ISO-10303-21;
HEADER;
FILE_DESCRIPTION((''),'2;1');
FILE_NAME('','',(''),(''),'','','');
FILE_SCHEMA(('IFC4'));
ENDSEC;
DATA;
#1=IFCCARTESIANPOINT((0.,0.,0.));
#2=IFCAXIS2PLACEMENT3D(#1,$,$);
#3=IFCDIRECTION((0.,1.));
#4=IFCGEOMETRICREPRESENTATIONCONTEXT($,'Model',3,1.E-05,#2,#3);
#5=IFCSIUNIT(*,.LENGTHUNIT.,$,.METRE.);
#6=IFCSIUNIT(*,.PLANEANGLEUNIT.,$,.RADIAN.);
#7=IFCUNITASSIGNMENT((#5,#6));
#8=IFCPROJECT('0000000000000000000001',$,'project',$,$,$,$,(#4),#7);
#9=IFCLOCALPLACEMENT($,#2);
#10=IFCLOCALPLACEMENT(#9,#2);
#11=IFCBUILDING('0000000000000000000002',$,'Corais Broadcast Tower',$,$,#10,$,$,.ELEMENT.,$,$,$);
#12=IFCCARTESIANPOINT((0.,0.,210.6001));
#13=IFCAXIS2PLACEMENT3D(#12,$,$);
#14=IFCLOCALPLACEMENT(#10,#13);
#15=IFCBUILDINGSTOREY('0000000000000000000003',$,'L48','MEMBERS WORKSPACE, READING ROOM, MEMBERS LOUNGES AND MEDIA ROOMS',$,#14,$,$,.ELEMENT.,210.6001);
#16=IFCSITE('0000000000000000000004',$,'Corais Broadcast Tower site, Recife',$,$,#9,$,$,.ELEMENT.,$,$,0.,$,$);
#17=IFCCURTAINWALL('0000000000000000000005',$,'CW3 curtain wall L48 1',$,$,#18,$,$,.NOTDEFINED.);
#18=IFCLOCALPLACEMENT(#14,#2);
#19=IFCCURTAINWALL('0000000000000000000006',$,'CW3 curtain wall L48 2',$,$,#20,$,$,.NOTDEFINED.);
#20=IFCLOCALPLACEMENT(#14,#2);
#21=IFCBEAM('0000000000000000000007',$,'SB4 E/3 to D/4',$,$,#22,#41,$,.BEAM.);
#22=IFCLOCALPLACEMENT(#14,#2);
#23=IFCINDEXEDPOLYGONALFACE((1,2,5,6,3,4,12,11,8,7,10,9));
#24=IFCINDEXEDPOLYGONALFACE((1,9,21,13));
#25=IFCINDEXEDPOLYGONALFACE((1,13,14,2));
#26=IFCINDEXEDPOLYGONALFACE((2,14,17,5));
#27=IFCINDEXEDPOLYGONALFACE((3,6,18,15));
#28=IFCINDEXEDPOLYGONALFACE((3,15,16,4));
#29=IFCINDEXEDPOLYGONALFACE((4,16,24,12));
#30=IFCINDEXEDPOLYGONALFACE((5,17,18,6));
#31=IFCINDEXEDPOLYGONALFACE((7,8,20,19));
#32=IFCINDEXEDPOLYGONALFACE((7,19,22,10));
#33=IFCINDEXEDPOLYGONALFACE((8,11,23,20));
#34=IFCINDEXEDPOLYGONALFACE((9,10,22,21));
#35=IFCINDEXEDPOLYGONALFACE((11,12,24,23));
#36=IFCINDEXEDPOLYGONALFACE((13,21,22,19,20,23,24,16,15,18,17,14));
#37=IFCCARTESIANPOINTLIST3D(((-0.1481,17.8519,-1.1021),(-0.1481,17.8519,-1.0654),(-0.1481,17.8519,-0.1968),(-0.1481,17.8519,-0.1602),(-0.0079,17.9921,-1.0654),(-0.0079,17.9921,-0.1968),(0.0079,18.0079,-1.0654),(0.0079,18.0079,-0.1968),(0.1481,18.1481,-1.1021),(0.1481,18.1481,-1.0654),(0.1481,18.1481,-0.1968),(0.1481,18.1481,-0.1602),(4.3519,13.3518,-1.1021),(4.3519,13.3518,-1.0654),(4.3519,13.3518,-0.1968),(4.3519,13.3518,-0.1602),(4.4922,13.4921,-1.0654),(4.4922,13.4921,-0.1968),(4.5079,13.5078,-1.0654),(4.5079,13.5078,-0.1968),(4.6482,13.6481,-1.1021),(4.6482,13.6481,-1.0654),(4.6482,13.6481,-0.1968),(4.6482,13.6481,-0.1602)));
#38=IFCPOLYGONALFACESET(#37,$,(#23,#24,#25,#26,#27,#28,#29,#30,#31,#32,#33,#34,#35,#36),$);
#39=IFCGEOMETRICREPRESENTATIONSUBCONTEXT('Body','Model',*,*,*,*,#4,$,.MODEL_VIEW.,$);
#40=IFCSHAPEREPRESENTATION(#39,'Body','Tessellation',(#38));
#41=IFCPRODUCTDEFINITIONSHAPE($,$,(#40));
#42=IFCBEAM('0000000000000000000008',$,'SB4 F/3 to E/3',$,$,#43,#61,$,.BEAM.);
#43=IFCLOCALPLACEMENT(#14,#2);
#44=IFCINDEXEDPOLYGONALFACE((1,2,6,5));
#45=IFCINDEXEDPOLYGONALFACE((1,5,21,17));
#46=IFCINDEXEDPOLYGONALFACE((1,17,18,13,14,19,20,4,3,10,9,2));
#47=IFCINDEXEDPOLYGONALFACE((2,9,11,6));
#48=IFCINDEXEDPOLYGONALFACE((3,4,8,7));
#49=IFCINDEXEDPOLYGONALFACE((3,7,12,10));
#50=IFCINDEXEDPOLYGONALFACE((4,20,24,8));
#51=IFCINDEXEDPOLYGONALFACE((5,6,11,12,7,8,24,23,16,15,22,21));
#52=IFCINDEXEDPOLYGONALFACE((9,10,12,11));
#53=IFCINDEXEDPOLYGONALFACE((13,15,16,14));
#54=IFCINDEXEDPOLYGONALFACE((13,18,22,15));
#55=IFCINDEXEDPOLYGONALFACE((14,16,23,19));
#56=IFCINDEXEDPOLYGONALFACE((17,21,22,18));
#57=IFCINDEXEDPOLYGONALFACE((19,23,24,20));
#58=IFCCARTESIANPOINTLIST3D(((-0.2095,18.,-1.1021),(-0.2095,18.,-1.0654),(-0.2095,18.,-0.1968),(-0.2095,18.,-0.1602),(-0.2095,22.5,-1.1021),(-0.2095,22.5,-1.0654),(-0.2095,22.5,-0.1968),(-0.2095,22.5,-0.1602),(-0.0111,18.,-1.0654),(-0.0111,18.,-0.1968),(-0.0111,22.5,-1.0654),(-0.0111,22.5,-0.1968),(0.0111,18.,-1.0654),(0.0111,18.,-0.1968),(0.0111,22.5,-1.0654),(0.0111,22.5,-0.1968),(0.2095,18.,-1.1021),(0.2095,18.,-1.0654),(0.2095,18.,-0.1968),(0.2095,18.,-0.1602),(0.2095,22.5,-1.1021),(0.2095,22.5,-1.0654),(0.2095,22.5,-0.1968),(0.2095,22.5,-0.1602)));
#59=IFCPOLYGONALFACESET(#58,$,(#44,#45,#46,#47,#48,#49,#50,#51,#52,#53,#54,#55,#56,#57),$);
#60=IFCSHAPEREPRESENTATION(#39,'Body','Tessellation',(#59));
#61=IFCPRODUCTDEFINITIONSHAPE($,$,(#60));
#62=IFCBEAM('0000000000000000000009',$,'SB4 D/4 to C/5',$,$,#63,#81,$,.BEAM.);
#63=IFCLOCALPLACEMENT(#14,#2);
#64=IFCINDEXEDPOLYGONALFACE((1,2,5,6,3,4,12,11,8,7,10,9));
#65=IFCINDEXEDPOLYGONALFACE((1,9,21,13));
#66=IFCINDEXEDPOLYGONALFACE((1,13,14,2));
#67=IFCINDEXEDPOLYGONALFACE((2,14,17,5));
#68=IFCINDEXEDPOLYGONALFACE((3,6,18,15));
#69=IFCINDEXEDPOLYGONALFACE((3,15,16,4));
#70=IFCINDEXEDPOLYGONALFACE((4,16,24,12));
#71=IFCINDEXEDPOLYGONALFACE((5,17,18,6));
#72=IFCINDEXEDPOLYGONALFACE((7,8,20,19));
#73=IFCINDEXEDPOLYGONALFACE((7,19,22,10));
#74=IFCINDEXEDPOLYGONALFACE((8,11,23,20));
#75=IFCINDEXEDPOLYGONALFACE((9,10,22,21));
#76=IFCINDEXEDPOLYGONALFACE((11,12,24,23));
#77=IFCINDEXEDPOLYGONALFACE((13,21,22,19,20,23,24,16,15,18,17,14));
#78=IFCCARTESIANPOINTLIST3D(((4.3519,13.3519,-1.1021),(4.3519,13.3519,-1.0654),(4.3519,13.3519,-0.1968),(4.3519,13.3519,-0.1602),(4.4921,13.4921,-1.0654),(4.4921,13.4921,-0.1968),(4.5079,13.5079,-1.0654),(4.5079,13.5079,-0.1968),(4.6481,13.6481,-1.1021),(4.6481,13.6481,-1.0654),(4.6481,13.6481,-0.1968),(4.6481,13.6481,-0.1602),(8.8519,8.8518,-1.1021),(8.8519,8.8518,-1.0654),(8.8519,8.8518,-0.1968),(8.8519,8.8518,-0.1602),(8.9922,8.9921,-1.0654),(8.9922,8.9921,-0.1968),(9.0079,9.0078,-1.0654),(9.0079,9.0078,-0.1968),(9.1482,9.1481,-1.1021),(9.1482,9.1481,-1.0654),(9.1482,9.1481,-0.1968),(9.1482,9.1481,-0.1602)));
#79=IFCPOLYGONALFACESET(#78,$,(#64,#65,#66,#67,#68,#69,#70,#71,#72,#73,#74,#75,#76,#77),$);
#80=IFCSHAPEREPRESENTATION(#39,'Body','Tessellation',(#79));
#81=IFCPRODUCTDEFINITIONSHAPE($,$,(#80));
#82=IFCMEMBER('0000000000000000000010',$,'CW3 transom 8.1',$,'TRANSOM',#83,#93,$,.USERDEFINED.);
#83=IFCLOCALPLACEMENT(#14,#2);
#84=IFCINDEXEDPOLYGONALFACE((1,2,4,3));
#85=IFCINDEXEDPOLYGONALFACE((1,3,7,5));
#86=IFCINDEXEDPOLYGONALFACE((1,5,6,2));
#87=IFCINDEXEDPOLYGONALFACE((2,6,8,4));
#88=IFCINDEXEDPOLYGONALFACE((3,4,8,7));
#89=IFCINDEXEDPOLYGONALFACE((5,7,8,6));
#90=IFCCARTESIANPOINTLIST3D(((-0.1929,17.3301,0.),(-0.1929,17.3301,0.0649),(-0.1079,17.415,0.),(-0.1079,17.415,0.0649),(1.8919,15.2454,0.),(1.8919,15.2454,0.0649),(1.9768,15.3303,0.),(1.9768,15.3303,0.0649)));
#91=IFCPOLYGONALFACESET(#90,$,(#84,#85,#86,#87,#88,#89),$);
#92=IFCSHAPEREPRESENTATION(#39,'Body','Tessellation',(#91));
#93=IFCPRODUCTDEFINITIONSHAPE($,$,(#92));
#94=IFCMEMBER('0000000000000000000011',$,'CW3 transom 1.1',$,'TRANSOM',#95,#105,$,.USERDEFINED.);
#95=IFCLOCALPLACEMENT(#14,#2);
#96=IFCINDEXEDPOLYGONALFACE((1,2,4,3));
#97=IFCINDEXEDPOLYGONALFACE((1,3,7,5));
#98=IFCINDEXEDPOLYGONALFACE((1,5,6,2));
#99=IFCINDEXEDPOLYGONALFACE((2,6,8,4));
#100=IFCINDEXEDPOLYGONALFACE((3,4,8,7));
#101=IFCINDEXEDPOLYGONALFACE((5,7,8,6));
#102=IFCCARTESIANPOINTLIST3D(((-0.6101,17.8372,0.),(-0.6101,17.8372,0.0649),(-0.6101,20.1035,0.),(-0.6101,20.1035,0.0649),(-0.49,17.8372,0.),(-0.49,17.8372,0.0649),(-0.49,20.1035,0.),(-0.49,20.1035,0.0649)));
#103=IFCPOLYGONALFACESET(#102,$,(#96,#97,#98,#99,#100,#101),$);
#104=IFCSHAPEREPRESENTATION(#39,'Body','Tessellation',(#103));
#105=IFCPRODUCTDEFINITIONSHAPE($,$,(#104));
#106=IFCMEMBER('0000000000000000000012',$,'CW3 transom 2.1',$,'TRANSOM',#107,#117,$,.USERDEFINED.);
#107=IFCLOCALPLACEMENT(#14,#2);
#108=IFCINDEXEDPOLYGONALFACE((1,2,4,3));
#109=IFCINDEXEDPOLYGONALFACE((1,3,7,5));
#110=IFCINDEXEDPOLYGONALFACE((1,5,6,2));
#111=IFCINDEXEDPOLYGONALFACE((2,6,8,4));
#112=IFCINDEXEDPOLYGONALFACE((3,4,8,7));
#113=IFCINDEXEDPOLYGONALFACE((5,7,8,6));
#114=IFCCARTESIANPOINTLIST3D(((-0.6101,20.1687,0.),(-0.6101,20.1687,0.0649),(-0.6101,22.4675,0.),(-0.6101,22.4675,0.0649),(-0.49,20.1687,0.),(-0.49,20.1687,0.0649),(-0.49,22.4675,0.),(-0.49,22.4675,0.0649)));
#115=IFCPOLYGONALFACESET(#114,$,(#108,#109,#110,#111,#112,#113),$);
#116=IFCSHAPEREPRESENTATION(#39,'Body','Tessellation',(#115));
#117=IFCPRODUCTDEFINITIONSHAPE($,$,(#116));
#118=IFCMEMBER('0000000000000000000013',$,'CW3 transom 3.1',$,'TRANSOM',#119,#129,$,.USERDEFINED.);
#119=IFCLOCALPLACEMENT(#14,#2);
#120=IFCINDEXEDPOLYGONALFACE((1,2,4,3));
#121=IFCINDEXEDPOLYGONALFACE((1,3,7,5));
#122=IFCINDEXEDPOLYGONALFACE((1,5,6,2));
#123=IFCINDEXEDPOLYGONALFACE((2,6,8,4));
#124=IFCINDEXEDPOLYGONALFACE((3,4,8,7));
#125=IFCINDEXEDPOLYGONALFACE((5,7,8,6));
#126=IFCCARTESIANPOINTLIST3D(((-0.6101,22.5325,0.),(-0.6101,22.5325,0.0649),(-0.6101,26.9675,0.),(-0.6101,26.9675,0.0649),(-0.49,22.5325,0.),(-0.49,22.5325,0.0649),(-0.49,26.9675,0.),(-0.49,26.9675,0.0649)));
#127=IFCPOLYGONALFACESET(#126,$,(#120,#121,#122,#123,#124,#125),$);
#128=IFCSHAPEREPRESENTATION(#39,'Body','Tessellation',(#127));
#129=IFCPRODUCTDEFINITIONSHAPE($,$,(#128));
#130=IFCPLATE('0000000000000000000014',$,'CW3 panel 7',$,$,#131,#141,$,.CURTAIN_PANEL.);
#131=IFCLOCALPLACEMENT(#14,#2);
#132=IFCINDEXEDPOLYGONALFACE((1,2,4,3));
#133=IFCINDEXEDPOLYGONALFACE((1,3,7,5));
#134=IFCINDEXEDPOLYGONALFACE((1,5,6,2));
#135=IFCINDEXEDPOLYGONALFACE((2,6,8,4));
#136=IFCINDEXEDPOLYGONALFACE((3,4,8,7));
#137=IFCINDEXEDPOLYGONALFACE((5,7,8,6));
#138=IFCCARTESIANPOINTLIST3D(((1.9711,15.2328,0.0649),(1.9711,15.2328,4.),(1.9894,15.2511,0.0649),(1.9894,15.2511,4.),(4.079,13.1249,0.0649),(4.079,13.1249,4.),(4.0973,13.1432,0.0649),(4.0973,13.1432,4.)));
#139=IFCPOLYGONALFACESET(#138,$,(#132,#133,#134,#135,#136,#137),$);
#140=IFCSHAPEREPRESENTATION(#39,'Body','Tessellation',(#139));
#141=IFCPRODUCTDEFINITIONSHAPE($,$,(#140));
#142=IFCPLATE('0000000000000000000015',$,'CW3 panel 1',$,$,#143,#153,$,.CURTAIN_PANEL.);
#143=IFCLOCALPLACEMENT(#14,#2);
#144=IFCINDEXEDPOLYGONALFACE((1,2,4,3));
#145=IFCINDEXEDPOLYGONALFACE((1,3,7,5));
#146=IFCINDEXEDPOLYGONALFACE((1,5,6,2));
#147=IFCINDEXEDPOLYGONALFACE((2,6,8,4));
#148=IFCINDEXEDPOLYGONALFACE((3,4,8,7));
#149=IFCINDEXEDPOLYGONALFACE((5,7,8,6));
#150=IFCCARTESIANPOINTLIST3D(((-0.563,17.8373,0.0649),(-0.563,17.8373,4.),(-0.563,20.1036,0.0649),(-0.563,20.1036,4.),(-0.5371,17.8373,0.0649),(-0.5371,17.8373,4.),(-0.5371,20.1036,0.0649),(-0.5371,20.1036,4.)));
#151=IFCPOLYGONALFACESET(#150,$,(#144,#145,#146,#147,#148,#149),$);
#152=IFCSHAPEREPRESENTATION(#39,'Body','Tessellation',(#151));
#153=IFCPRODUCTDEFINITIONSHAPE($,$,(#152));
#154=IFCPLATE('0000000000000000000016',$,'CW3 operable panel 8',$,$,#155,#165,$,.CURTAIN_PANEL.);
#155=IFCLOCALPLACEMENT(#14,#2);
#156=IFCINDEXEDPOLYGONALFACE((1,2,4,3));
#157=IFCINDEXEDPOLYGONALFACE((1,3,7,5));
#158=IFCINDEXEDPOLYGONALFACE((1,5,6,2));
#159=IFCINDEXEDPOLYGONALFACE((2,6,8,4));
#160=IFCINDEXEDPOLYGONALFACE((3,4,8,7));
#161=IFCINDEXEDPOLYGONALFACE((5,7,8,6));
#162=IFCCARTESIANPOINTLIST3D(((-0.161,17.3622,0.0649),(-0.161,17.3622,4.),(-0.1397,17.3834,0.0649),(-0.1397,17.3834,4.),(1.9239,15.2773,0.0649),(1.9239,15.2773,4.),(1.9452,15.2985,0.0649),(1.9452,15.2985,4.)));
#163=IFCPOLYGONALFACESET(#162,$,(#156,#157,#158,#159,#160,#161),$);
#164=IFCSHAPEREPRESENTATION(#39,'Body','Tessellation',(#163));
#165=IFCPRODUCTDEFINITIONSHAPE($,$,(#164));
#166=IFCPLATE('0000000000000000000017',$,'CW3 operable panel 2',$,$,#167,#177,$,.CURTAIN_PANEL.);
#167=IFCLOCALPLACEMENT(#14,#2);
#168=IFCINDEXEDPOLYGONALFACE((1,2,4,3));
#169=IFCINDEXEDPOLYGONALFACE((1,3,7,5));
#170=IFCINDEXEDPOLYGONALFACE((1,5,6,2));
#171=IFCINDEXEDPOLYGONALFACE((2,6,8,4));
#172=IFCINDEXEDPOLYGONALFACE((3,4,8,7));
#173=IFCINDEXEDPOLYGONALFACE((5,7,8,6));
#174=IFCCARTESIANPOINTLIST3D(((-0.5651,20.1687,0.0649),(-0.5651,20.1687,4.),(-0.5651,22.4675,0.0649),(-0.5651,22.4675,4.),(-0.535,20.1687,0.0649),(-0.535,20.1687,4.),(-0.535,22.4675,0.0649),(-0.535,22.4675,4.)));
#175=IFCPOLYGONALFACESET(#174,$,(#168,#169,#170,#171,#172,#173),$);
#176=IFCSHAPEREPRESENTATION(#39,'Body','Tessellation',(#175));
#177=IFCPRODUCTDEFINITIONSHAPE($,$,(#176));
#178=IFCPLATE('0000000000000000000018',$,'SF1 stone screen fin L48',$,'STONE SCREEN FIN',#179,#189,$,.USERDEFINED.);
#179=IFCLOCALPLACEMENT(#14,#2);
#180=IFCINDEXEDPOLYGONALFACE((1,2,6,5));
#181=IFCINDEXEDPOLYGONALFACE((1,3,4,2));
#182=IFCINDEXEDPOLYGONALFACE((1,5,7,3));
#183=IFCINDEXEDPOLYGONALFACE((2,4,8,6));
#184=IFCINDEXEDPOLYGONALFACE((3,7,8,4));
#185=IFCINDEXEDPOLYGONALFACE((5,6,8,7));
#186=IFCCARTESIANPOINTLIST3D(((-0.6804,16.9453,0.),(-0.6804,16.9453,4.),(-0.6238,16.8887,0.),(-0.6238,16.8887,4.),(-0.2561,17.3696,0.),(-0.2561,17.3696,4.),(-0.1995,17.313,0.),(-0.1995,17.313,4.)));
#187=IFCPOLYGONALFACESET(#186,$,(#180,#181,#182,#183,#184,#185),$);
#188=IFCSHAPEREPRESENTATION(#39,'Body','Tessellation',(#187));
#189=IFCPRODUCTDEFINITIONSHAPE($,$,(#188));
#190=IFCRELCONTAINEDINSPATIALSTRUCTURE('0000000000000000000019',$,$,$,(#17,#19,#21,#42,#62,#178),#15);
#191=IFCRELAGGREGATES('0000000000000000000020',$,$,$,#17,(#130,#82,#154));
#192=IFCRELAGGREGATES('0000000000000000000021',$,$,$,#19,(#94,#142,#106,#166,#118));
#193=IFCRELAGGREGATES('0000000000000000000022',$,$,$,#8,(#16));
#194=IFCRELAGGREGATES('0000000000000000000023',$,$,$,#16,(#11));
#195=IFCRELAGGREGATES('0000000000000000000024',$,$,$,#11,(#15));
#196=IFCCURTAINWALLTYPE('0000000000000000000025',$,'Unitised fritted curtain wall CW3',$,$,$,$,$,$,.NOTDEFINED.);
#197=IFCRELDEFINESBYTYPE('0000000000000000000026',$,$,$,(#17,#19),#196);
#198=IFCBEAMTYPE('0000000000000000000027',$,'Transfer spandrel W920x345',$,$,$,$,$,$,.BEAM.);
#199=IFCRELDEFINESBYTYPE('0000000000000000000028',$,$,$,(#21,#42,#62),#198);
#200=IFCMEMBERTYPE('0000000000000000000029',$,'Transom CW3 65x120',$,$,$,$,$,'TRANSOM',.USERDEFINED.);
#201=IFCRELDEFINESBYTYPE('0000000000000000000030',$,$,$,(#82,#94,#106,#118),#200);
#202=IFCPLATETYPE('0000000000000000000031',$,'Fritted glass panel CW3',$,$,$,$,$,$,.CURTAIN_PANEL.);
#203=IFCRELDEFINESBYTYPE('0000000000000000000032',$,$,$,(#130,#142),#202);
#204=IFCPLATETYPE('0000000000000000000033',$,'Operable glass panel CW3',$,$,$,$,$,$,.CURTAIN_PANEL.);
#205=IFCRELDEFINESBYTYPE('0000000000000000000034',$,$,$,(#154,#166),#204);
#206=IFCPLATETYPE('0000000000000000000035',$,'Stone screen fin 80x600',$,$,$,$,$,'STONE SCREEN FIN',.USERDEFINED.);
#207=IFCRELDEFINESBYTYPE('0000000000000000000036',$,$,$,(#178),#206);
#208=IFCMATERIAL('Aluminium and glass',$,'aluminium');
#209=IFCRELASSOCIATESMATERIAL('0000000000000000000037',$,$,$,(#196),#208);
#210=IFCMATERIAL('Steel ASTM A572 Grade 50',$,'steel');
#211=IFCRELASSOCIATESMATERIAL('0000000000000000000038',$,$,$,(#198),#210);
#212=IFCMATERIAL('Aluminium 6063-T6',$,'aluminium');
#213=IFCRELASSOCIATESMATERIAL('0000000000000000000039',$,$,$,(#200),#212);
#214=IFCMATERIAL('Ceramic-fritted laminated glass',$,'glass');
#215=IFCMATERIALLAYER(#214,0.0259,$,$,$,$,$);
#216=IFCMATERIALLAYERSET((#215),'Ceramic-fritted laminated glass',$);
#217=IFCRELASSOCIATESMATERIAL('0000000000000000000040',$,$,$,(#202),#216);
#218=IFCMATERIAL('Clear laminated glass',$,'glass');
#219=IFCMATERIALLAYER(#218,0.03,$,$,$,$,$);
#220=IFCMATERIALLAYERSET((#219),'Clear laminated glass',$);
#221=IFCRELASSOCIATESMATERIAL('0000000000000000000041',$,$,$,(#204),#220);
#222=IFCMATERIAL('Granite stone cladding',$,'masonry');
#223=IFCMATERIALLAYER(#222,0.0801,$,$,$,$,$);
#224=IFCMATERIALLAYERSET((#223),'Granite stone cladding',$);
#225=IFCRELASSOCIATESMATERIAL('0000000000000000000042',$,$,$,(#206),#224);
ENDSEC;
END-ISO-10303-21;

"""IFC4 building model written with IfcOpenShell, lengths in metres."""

from ifc_helpers import new_model, si_unit, direction, frame, origin, origin_2d, place, context, subcontext, project, spatial, rectangle, i_section, extrude, material, layer, layer_set, material_profile, profile_set, type_object, element, aggregate, save


model = new_model("IFC4")

# Units and contexts
model_context = context("Model", 3, precision=1e-05, world=origin(), true_north=direction((0.0, 1.0)))
body_context = subcontext(model_context, "Body", "Model", "MODEL_VIEW")
ifc_project = project(units=[si_unit("LENGTHUNIT", "METRE"), si_unit("PLANEANGLEUNIT", "RADIAN")], contexts=[model_context])

# Site, building, storey
site_placement = place(None, origin())
site = spatial("IfcSite", under=ifc_project, at=site_placement, Name="Corais Broadcast Tower site, Recife", CompositionType="ELEMENT", RefElevation=0.0)
building_placement = place(site_placement, origin())
building = spatial("IfcBuilding", under=site, at=building_placement, Name="Corais Broadcast Tower", CompositionType="ELEMENT")
storey_placement = place(building_placement, frame((0.0, 0.0, 210.6001)))
storey = spatial("IfcBuildingStorey", under=building, at=storey_placement, Name="L48", Description="MEMBERS WORKSPACE, READING ROOM, MEMBERS LOUNGES AND MEDIA ROOMS", CompositionType="ELEMENT", Elevation=210.6001)

# Curtain walls
ifc_material_1 = material(Name="Aluminium and glass", Category="aluminium")
curtain_wall_type = type_object("IfcCurtainWallType", Name="Unitised fritted curtain wall CW3", PredefinedType="NOTDEFINED", material=ifc_material_1)
curtain_wall_1_placement = place(storey_placement, origin())
curtain_wall_1 = element("IfcCurtainWall", 1, at=curtain_wall_1_placement, inside=storey, type_object=curtain_wall_type, Name="CW3 curtain wall L48 1", PredefinedType="NOTDEFINED")
curtain_wall_2_placement = place(storey_placement, origin())
curtain_wall_2 = element("IfcCurtainWall", 2, at=curtain_wall_2_placement, inside=storey, type_object=curtain_wall_type, Name="CW3 curtain wall L48 2", PredefinedType="NOTDEFINED")

# Beams
ifc_material_2 = material(Name="Steel ASTM A572 Grade 50", Category="steel")
ifc_material_profile_1 = material_profile(ifc_material_2, i_section(OverallWidth=0.4189, OverallDepth=0.9419, WebThickness=0.0222, FlangeThickness=0.0366, at=origin_2d()), Name="W920x345")
ifc_profile_set_1 = profile_set([ifc_material_profile_1], Name="Steel ASTM A572 Grade 50")
beam_type_1 = type_object("IfcBeamType", Name="Transfer spandrel W920x345", PredefinedType="BEAM", material=ifc_profile_set_1)
beam_1_placement = place(storey_placement, frame((0.0, 18.0, -0.6311), z_axis=(0.707107, -0.707107, 0.0), x_axis=(0.707107, 0.707107, 0.0)))
element("IfcBeam", 3, at=beam_1_placement, inside=storey, type_object=beam_type_1, Name="SB4 E/3 to D/4", PredefinedType="BEAM", context=body_context, shape_type="SweptSolid", body=[
    extrude(i_section(OverallWidth=0.4189, OverallDepth=0.9419, WebThickness=0.0222, FlangeThickness=0.0366, at=origin_2d()), origin(), (0.0, 0.0, 1.0), 6.364),
])
beam_2_placement = place(storey_placement, frame((0.0, 22.5, -0.6311), z_axis=(0.0, -1.0, 0.0), x_axis=(1.0, 0.0, 0.0)))
element("IfcBeam", 4, at=beam_2_placement, inside=storey, type_object=beam_type_1, Name="SB4 F/3 to E/3", PredefinedType="BEAM", context=body_context, shape_type="SweptSolid", body=[
    extrude(i_section(OverallWidth=0.4189, OverallDepth=0.9419, WebThickness=0.0222, FlangeThickness=0.0366, at=origin_2d()), origin(), (0.0, 0.0, 1.0), 4.5),
])
beam_3_placement = place(storey_placement, frame((4.5, 13.5, -0.6311), z_axis=(0.707107, -0.707107, 0.0), x_axis=(0.707107, 0.707107, 0.0)))
element("IfcBeam", 5, at=beam_3_placement, inside=storey, type_object=beam_type_1, Name="SB4 D/4 to C/5", PredefinedType="BEAM", context=body_context, shape_type="SweptSolid", body=[
    extrude(i_section(OverallWidth=0.4189, OverallDepth=0.9419, WebThickness=0.0222, FlangeThickness=0.0366, at=origin_2d()), origin(), (0.0, 0.0, 1.0), 6.364),
])

# Members
ifc_material_3 = material(Name="Aluminium 6063-T6", Category="aluminium")
ifc_material_profile_2 = material_profile(ifc_material_3, rectangle(XDim=0.1201, YDim=0.0649, at=origin_2d()), Name="Transom CW3 65x120")
ifc_profile_set_2 = profile_set([ifc_material_profile_2], Name="Aluminium 6063-T6")
member_type_1 = type_object("IfcMemberType", Name="Transom CW3 65x120", ElementType="TRANSOM", PredefinedType="USERDEFINED", material=ifc_profile_set_2)
member_1_placement = place(storey_placement, frame((1.9343, 15.2878, 0.0325), z_axis=(-0.707107, 0.707107, 0.0), x_axis=(-0.707107, -0.707107, 0.0)))
member_1 = element("IfcMember", 6, at=member_1_placement, type_object=member_type_1, Name="CW3 transom 8.1", ObjectType="TRANSOM", PredefinedType="USERDEFINED", context=body_context, shape_type="SweptSolid", body=[
    extrude(rectangle(XDim=0.1201, YDim=0.0649, at=origin_2d()), origin(), (0.0, 0.0, 1.0), 2.9482),
])
member_2_placement = place(storey_placement, frame((-0.55, 17.8372, 0.0325), z_axis=(0.0, 1.0, 0.0), x_axis=(-1.0, 0.0, 0.0)))
member_2 = element("IfcMember", 7, at=member_2_placement, type_object=member_type_1, Name="CW3 transom 1.1", ObjectType="TRANSOM", PredefinedType="USERDEFINED", context=body_context, shape_type="SweptSolid", body=[
    extrude(rectangle(XDim=0.1201, YDim=0.0649, at=origin_2d()), origin(), (0.0, 0.0, 1.0), 2.2664),
])
member_3_placement = place(storey_placement, frame((-0.55, 20.1687, 0.0325), z_axis=(0.0, 1.0, 0.0), x_axis=(-1.0, 0.0, 0.0)))
member_3 = element("IfcMember", 8, at=member_3_placement, type_object=member_type_1, Name="CW3 transom 2.1", ObjectType="TRANSOM", PredefinedType="USERDEFINED", context=body_context, shape_type="SweptSolid", body=[
    extrude(rectangle(XDim=0.1201, YDim=0.0649, at=origin_2d()), origin(), (0.0, 0.0, 1.0), 2.2988),
])
member_4_placement = place(storey_placement, frame((-0.55, 22.5325, 0.0325), z_axis=(0.0, 1.0, 0.0), x_axis=(-1.0, 0.0, 0.0)))
member_4 = element("IfcMember", 9, at=member_4_placement, type_object=member_type_1, Name="CW3 transom 3.1", ObjectType="TRANSOM", PredefinedType="USERDEFINED", context=body_context, shape_type="SweptSolid", body=[
    extrude(rectangle(XDim=0.1201, YDim=0.0649, at=origin_2d()), origin(), (0.0, 0.0, 1.0), 4.4351),
])

# Plates
ifc_material_4 = material(Name="Ceramic-fritted laminated glass", Category="glass")
ifc_layer_1 = layer(ifc_material_4, 0.0259)
ifc_layer_set_1 = layer_set([ifc_layer_1], Name="Ceramic-fritted laminated glass")
plate_type_1 = type_object("IfcPlateType", Name="Fritted glass panel CW3", PredefinedType="CURTAIN_PANEL", material=ifc_layer_set_1)
plate_1_placement = place(storey_placement, frame((3.0342, 14.188, 0.0649), z_axis=(0.0, 0.0, 1.0), x_axis=(-0.707107, 0.707107, 0.0)))
plate_1 = element("IfcPlate", 10, at=plate_1_placement, type_object=plate_type_1, Name="CW3 panel 7", PredefinedType="CURTAIN_PANEL", context=body_context, shape_type="SweptSolid", body=[
    extrude(rectangle(XDim=2.981, YDim=0.0259, at=origin_2d()), origin(), (0.0, 0.0, 1.0), 3.9351),
])
plate_2_placement = place(storey_placement, frame((-0.55, 18.9705, 0.0649), z_axis=(0.0, 0.0, 1.0), x_axis=(0.0, 1.0, 0.0)))
plate_2 = element("IfcPlate", 11, at=plate_2_placement, type_object=plate_type_1, Name="CW3 panel 1", PredefinedType="CURTAIN_PANEL", context=body_context, shape_type="SweptSolid", body=[
    extrude(rectangle(XDim=2.2664, YDim=0.0259, at=origin_2d()), origin(), (0.0, 0.0, 1.0), 3.9351),
])
ifc_material_5 = material(Name="Clear laminated glass", Category="glass")
ifc_layer_2 = layer(ifc_material_5, 0.03)
ifc_layer_set_2 = layer_set([ifc_layer_2], Name="Clear laminated glass")
plate_type_2 = type_object("IfcPlateType", Name="Operable glass panel CW3", PredefinedType="CURTAIN_PANEL", material=ifc_layer_set_2)
plate_3_placement = place(storey_placement, frame((0.8921, 16.3303, 0.0649), z_axis=(0.0, 0.0, 1.0), x_axis=(-0.707107, 0.707107, 0.0)))
plate_3 = element("IfcPlate", 12, at=plate_3_placement, type_object=plate_type_2, Name="CW3 operable panel 8", PredefinedType="CURTAIN_PANEL", context=body_context, shape_type="SweptSolid", body=[
    extrude(rectangle(XDim=2.9485, YDim=0.03, at=origin_2d()), origin(), (0.0, 0.0, 1.0), 3.9351),
])
aggregate(curtain_wall_1, [plate_1, member_1, plate_3])
plate_4_placement = place(storey_placement, frame((-0.55, 21.3181, 0.0649), z_axis=(0.0, 0.0, 1.0), x_axis=(0.0, 1.0, 0.0)))
plate_4 = element("IfcPlate", 13, at=plate_4_placement, type_object=plate_type_2, Name="CW3 operable panel 2", PredefinedType="CURTAIN_PANEL", context=body_context, shape_type="SweptSolid", body=[
    extrude(rectangle(XDim=2.2988, YDim=0.03, at=origin_2d()), origin(), (0.0, 0.0, 1.0), 3.9351),
])
aggregate(curtain_wall_2, [member_2, plate_2, member_3, plate_4, member_4])
ifc_material_6 = material(Name="Granite stone cladding", Category="masonry")
ifc_layer_3 = layer(ifc_material_6, 0.0801)
ifc_layer_set_3 = layer_set([ifc_layer_3], Name="Granite stone cladding")
plate_type_3 = type_object("IfcPlateType", Name="Stone screen fin 80x600", ElementType="STONE SCREEN FIN", PredefinedType="USERDEFINED", material=ifc_layer_set_3)
plate_5_placement = place(storey_placement, frame((-0.4399, 17.1292, 0.0), z_axis=(0.0, 0.0, 1.0), x_axis=(-0.707107, 0.707107, 0.0)))
element("IfcPlate", 14, at=plate_5_placement, inside=storey, type_object=plate_type_3, Name="SF1 stone screen fin L48", ObjectType="STONE SCREEN FIN", PredefinedType="USERDEFINED", context=body_context, shape_type="SweptSolid", body=[
    extrude(rectangle(XDim=0.0801, YDim=0.6001, at=origin_2d()), origin(), (0.0, 0.0, 1.0), 4.0),
])

save(model, "model.ifc")
